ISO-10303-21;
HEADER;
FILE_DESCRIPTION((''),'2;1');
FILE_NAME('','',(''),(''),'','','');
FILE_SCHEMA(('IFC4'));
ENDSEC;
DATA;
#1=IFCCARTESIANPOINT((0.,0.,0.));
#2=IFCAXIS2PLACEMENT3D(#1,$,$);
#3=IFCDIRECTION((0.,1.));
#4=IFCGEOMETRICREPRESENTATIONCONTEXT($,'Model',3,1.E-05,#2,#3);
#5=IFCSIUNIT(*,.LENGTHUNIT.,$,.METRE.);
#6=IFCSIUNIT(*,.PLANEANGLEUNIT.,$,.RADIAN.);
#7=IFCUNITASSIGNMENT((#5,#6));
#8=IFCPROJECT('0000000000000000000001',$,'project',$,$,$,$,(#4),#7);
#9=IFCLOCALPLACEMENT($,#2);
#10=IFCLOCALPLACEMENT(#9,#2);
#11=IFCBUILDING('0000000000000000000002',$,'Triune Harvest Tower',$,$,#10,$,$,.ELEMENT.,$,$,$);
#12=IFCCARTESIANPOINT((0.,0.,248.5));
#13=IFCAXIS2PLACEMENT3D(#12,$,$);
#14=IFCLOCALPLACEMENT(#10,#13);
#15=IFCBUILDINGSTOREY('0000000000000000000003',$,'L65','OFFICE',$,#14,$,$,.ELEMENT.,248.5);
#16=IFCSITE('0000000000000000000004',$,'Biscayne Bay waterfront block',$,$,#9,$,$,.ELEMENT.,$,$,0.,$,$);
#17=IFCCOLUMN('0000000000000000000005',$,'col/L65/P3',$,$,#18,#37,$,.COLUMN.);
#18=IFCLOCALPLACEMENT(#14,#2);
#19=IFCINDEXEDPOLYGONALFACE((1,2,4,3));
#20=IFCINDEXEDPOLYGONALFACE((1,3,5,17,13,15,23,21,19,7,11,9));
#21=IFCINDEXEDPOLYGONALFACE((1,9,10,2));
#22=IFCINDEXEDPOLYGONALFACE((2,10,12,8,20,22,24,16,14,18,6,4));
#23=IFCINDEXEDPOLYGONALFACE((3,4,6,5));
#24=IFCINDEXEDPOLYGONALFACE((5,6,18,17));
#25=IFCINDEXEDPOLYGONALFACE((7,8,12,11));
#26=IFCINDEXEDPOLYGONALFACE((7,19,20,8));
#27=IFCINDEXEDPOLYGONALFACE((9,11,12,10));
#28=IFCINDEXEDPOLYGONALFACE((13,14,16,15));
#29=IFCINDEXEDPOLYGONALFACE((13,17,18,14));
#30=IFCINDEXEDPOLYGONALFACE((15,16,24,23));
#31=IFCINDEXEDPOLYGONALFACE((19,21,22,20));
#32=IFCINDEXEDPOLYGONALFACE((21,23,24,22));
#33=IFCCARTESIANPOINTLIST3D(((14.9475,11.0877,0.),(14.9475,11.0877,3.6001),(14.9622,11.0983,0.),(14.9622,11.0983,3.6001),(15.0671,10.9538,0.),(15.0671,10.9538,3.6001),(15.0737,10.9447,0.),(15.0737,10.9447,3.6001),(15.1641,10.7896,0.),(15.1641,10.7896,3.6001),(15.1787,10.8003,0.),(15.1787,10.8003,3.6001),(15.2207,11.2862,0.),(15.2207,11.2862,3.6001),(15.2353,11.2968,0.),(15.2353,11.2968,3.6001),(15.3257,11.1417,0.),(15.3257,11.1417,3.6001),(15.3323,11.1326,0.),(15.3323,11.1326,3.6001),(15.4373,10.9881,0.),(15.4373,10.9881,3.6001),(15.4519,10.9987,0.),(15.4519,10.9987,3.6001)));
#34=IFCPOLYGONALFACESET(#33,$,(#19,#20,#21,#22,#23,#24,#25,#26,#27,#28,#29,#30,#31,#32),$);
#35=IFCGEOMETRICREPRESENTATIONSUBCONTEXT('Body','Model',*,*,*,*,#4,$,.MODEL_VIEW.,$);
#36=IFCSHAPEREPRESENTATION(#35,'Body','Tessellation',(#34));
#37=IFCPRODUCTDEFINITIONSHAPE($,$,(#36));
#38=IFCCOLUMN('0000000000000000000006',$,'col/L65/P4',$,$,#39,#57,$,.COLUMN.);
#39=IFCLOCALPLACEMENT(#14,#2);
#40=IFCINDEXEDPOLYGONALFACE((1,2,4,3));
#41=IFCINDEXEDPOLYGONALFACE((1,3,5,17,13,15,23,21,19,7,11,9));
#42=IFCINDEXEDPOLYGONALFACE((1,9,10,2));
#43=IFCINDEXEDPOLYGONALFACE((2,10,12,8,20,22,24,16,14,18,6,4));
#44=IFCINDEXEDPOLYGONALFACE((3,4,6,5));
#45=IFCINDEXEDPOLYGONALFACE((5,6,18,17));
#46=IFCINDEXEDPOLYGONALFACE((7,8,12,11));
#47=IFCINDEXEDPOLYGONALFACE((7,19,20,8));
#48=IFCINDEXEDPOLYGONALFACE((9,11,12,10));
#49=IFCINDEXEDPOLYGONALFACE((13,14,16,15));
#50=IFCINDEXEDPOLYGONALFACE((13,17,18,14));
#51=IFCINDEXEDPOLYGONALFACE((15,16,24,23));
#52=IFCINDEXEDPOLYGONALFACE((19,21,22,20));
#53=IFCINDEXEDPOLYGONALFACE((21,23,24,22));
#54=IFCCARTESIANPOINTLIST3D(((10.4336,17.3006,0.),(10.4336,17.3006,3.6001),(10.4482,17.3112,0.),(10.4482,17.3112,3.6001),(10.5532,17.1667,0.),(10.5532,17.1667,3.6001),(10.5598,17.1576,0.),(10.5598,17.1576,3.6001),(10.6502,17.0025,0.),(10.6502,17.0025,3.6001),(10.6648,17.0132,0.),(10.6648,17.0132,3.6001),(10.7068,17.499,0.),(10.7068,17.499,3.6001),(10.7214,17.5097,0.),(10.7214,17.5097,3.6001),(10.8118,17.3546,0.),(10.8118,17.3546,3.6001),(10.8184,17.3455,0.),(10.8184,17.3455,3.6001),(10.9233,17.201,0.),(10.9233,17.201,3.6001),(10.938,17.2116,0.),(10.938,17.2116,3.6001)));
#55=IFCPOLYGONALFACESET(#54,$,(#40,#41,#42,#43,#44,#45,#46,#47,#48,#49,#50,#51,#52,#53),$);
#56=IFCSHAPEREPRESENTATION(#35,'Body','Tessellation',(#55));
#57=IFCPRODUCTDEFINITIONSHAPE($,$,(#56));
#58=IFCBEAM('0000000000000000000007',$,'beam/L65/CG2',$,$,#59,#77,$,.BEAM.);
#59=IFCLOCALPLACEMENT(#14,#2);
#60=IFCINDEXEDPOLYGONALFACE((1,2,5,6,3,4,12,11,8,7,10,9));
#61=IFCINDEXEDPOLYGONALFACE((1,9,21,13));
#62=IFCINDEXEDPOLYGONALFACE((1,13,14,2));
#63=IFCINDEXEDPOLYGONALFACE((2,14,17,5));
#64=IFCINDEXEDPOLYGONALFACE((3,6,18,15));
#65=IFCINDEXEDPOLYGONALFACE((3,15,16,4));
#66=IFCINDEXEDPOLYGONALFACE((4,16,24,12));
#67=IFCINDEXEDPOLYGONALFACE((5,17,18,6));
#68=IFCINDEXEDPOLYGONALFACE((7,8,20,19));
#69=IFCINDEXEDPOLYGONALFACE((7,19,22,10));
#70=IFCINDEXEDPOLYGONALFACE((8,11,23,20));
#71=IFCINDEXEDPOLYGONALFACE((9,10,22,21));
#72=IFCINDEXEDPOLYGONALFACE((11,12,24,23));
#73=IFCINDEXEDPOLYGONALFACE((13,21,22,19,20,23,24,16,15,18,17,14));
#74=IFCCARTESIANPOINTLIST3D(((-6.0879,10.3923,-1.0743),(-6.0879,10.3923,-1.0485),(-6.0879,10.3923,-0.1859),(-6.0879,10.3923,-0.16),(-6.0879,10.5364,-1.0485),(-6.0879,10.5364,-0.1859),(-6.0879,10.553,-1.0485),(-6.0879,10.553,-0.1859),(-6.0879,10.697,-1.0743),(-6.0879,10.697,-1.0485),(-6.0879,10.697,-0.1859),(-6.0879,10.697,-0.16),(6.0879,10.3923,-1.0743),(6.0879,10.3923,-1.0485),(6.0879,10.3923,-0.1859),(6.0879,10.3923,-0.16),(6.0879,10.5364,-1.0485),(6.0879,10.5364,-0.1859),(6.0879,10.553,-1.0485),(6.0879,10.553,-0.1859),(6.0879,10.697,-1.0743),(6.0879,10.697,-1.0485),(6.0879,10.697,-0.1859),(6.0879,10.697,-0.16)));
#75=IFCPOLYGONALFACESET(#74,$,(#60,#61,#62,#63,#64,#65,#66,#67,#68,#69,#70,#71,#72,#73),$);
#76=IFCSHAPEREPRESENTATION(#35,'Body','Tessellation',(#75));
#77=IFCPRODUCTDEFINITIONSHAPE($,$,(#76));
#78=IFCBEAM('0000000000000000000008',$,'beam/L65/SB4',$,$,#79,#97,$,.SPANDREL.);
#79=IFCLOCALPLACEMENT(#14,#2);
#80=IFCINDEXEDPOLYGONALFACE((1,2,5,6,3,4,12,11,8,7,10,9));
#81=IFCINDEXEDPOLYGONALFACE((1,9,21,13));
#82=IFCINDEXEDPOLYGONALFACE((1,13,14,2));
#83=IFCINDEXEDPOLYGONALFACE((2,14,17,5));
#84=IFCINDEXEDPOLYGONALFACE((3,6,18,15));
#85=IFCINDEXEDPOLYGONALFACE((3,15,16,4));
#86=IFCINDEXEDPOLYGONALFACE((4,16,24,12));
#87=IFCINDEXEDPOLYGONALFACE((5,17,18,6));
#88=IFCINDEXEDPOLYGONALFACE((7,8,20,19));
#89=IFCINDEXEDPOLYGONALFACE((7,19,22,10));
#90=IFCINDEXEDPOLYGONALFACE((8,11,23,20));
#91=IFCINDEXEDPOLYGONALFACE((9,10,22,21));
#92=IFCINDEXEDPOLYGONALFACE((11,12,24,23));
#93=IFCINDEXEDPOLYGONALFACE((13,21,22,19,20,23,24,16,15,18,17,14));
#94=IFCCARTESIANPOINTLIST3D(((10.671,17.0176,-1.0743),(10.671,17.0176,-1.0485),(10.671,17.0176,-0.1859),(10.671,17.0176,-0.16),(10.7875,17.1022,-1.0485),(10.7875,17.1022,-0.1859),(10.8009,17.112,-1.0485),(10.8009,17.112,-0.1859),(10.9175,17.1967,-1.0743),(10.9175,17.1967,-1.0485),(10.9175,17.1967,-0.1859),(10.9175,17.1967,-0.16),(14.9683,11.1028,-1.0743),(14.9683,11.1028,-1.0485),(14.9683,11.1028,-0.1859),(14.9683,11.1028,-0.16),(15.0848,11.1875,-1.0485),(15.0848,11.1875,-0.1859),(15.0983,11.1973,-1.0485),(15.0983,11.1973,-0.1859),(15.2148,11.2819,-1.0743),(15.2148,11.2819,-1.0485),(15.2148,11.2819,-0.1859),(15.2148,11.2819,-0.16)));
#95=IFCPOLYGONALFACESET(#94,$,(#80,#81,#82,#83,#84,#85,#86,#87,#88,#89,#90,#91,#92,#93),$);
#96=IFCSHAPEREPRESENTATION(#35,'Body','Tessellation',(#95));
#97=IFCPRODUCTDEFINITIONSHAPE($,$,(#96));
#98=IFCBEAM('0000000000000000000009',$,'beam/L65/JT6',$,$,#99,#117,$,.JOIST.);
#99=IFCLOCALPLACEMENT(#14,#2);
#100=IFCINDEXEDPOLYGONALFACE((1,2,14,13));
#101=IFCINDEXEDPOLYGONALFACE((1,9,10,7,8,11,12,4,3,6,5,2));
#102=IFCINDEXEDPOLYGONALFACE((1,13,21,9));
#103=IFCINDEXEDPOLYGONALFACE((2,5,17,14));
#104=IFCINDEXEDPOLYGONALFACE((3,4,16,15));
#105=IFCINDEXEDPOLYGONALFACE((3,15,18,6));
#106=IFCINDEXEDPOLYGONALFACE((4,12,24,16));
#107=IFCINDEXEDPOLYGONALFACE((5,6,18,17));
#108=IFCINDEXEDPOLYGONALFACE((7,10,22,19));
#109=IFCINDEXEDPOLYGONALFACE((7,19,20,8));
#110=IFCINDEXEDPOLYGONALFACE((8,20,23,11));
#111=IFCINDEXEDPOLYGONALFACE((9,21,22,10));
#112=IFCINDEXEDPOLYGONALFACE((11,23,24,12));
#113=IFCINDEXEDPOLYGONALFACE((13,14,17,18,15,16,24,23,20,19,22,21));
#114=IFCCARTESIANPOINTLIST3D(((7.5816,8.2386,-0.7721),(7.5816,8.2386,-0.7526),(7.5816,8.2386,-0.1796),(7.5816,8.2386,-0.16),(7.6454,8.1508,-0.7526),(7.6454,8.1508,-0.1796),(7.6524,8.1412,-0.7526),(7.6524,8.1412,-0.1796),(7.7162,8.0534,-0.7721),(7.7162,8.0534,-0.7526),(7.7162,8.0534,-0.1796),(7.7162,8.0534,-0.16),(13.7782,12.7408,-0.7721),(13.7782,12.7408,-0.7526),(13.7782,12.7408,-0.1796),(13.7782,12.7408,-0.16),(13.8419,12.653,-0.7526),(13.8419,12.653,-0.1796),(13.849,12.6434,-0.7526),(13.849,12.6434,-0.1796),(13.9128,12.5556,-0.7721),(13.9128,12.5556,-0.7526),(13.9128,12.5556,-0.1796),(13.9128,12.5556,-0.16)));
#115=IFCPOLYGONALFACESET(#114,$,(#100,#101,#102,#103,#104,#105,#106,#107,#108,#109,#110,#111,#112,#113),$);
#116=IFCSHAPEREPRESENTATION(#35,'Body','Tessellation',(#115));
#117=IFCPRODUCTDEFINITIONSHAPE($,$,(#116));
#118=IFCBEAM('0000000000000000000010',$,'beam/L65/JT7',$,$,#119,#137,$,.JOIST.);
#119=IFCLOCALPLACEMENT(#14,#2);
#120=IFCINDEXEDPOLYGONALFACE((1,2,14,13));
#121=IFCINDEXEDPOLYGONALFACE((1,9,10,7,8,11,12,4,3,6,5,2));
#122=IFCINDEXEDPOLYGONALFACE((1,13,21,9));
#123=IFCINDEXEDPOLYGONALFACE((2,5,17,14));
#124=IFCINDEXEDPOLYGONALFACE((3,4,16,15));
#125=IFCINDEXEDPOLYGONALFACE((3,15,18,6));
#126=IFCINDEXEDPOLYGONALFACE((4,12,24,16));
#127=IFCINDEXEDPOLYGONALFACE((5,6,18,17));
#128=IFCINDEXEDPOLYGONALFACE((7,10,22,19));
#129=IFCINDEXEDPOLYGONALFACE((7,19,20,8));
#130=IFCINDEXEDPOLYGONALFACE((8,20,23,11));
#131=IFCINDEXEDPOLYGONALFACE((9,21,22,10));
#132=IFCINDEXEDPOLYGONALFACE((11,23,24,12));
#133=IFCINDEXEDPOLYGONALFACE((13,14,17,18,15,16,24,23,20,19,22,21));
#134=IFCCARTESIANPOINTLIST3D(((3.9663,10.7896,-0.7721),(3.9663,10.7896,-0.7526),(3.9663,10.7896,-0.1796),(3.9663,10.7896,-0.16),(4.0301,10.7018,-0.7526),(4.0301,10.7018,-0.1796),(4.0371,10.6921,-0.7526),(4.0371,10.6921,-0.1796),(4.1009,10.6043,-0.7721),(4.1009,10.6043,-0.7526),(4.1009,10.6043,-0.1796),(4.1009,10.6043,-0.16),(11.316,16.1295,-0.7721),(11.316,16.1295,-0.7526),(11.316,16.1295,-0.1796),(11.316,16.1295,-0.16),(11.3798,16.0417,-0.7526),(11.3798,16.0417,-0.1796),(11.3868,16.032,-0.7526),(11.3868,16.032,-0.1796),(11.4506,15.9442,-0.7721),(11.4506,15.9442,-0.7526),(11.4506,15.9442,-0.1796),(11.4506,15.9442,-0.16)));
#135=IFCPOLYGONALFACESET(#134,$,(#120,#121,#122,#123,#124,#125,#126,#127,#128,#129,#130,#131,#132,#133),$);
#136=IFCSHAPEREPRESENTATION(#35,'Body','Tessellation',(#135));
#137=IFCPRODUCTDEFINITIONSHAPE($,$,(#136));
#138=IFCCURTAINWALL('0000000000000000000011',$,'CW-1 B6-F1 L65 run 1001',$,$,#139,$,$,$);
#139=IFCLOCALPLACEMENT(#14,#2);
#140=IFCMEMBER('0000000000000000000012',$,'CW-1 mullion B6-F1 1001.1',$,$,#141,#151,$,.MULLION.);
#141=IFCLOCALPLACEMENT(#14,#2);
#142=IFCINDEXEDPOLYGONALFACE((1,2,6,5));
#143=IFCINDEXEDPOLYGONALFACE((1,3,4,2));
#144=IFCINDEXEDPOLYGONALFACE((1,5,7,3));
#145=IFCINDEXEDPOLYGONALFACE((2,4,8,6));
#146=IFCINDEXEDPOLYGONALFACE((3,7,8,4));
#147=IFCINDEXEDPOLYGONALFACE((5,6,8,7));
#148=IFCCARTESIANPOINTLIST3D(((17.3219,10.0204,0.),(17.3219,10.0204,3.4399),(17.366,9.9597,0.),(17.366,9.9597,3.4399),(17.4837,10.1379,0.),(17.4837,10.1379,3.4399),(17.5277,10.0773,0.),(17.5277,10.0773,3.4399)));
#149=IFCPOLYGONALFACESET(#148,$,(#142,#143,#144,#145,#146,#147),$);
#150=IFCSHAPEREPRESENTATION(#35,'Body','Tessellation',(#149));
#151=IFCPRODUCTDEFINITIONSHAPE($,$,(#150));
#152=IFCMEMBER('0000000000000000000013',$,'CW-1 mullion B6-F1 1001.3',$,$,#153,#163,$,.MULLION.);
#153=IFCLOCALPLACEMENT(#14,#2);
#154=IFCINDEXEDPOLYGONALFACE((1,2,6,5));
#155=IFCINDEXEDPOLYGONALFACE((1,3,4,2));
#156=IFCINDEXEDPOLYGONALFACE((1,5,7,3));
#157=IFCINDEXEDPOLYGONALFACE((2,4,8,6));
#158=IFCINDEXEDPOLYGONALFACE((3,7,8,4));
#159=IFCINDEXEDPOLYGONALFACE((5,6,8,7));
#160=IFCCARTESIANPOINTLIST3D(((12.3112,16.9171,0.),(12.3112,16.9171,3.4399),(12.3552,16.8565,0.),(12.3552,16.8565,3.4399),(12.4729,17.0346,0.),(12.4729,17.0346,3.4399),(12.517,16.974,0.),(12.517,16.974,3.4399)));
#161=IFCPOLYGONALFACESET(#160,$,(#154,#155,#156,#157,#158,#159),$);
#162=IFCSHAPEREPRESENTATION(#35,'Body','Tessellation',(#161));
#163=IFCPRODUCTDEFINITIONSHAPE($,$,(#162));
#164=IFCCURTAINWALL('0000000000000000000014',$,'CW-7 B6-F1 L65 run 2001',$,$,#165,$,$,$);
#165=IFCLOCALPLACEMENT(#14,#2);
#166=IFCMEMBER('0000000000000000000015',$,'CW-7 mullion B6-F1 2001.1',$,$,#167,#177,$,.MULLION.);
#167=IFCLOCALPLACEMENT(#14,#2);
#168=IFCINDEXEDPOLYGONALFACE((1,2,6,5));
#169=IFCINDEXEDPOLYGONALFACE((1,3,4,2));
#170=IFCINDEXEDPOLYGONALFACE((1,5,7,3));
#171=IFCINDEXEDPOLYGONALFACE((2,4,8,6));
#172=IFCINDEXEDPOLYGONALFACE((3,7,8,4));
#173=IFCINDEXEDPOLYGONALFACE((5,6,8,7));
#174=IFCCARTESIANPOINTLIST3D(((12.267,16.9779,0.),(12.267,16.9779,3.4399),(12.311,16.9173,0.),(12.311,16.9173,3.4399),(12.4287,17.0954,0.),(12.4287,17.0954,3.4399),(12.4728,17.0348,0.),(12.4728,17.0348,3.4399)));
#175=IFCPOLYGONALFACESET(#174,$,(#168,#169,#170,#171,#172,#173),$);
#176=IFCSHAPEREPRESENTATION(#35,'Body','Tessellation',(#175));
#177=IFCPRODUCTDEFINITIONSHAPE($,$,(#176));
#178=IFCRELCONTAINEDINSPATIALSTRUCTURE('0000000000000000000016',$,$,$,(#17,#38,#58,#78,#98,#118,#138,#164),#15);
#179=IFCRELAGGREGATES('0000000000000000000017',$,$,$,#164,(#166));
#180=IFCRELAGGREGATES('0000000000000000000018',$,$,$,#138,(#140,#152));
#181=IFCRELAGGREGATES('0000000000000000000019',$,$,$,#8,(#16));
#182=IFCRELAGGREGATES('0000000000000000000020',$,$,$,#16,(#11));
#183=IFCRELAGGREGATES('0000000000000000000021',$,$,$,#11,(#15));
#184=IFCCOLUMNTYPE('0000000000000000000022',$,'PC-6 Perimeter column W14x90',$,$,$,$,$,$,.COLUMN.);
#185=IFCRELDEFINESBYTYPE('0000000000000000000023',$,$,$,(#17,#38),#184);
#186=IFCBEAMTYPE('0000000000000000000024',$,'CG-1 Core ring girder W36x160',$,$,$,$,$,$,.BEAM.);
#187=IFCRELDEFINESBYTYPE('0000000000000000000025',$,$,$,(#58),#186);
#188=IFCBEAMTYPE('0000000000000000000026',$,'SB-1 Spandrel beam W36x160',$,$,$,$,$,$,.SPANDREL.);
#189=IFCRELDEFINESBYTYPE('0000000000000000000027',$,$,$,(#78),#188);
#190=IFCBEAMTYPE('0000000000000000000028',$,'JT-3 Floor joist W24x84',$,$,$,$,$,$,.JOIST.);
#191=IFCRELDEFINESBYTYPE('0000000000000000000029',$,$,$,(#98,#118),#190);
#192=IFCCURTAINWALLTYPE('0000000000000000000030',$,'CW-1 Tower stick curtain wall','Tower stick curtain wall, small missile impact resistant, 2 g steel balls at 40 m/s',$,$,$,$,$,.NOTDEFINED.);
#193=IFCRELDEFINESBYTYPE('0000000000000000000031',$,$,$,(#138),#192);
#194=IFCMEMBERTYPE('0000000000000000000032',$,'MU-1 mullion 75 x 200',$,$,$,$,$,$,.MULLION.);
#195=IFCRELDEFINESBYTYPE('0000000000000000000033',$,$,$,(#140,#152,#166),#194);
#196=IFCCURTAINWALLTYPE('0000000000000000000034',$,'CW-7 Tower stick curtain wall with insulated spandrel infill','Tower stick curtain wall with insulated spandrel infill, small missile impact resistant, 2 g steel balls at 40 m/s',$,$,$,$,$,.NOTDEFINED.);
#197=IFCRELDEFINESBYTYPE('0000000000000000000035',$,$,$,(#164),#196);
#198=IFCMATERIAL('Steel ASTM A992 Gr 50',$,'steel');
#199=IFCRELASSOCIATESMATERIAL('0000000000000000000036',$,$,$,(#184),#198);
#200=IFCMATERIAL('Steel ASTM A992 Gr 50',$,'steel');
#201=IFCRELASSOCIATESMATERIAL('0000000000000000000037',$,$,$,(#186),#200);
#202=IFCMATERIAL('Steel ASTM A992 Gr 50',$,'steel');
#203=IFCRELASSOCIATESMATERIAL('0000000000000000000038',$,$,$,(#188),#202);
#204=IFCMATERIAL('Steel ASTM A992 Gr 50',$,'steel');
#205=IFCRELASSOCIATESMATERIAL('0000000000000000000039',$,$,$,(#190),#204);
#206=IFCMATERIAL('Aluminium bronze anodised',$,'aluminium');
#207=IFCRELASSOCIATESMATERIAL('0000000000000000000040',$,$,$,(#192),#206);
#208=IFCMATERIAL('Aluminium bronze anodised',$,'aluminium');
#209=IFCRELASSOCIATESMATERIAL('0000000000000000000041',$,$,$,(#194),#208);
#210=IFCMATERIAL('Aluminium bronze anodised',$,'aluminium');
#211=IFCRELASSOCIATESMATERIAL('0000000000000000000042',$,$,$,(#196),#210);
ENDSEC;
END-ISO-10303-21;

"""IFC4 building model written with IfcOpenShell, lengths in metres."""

from ifc_helpers import new_model, si_unit, direction, frame, origin, origin_2d, place, context, subcontext, project, spatial, rectangle, i_section, extrude, source, transform, mapped, material, material_profile, profile_set, type_object, element, aggregate, save


model = new_model("IFC4")

# Units and contexts
model_context = context("Model", 3, precision=1e-05, world=origin(), true_north=direction((0.0, 1.0)))
body_context = subcontext(model_context, "Body", "Model", "MODEL_VIEW")
ifc_project = project(units=[si_unit("LENGTHUNIT", "METRE"), si_unit("PLANEANGLEUNIT", "RADIAN")], contexts=[model_context])

# Site, building, storey
site_placement = place(None, origin())
site = spatial("IfcSite", under=ifc_project, at=site_placement, Name="Biscayne Bay waterfront block", CompositionType="ELEMENT", RefElevation=0.0)
building_placement = place(site_placement, origin())
building = spatial("IfcBuilding", under=site, at=building_placement, Name="Triune Harvest Tower", CompositionType="ELEMENT")
storey_placement = place(building_placement, frame((0.0, 0.0, 248.5)))
storey = spatial("IfcBuildingStorey", under=building, at=storey_placement, Name="L65", Description="OFFICE", CompositionType="ELEMENT", Elevation=248.5)

# Columns
ifc_material_1 = material(Name="Steel ASTM A992 Gr 50", Category="steel")
ifc_material_profile_1 = material_profile(ifc_material_1, i_section(OverallWidth=0.3684, OverallDepth=0.3557, WebThickness=0.0112, FlangeThickness=0.0181, at=origin_2d()), Name="W14x90")
ifc_profile_set_1 = profile_set([ifc_material_profile_1], Name="Steel ASTM A992 Gr 50")
column_type = type_object("IfcColumnType", Name="PC-6 Perimeter column W14x90", PredefinedType="COLUMN", material=ifc_profile_set_1)
shared_shape_1 = source(origin(), body_context, "Body", "SweptSolid", [
    extrude(i_section(OverallWidth=0.3684, OverallDepth=0.3557, WebThickness=0.0112, FlangeThickness=0.0181, at=origin_2d()), origin(), (0.0, 0.0, 1.0), 3.6001),
])
for number, where, z_axis, x_axis, name in (
    (1, (15.1997, 11.0432, 0.0), (0.0, 0.0, 1.0), (-0.587785, 0.809017, 0.0), "col/L65/P3"),
    (2, (10.6858, 17.2561, 0.0), (0.0, 0.0, 1.0), (-0.587785, 0.809017, 0.0), "col/L65/P4"),
):
    element("IfcColumn", number, at=place(storey_placement, frame(where, z_axis=z_axis, x_axis=x_axis)), inside=storey, type_object=column_type, Name=name, PredefinedType="COLUMN", context=body_context, shape_type="MappedRepresentation", body=[
        mapped(shared_shape_1, transform((0.0, 0.0, 0.0), scale=1.0)),
    ])

# Beams
ifc_material_2 = material(Name="Steel ASTM A992 Gr 50", Category="steel")
ifc_material_profile_2 = material_profile(ifc_material_2, i_section(OverallWidth=0.3047, OverallDepth=0.9143, WebThickness=0.0166, FlangeThickness=0.0259, at=origin_2d()), Name="W36x160")
ifc_profile_set_2 = profile_set([ifc_material_profile_2], Name="Steel ASTM A992 Gr 50")
beam_type_1 = type_object("IfcBeamType", Name="CG-1 Core ring girder W36x160", PredefinedType="BEAM", material=ifc_profile_set_2)
shared_shape_2 = source(origin(), body_context, "Body", "SweptSolid", [
    extrude(i_section(OverallWidth=0.3047, OverallDepth=0.9143, WebThickness=0.0166, FlangeThickness=0.0259, at=origin_2d()), origin(), (0.0, 0.0, 1.0), 12.1758),
])
beam_1_placement = place(storey_placement, frame((6.0879, 10.5447, -0.6172), z_axis=(-1.0, 0.0, 0.0), x_axis=(0.0, -1.0, 0.0)))
element("IfcBeam", 3, at=beam_1_placement, inside=storey, type_object=beam_type_1, Name="beam/L65/CG2", PredefinedType="BEAM", context=body_context, shape_type="MappedRepresentation", body=[
    mapped(shared_shape_2, transform((0.0, 0.0, 0.0), scale=1.0)),
])
ifc_material_3 = material(Name="Steel ASTM A992 Gr 50", Category="steel")
ifc_material_profile_3 = material_profile(ifc_material_3, i_section(OverallWidth=0.3047, OverallDepth=0.9143, WebThickness=0.0166, FlangeThickness=0.0259, at=origin_2d()), Name="W36x160")
ifc_profile_set_3 = profile_set([ifc_material_profile_3], Name="Steel ASTM A992 Gr 50")
beam_type_2 = type_object("IfcBeamType", Name="SB-1 Spandrel beam W36x160", PredefinedType="SPANDREL", material=ifc_profile_set_3)
shared_shape_3 = source(origin(), body_context, "Body", "SweptSolid", [
    extrude(i_section(OverallWidth=0.3047, OverallDepth=0.9143, WebThickness=0.0166, FlangeThickness=0.0259, at=origin_2d()), origin(), (0.0, 0.0, 1.0), 7.311),
])
beam_2_placement = place(storey_placement, frame((15.0916, 11.1924, -0.6172), z_axis=(-0.587786, 0.809016, 0.0), x_axis=(-0.809016, -0.587786, 0.0)))
element("IfcBeam", 4, at=beam_2_placement, inside=storey, type_object=beam_type_2, Name="beam/L65/SB4", PredefinedType="SPANDREL", context=body_context, shape_type="MappedRepresentation", body=[
    mapped(shared_shape_3, transform((0.0, 0.0, 0.0), scale=1.0)),
])
ifc_material_4 = material(Name="Steel ASTM A992 Gr 50", Category="steel")
ifc_material_profile_4 = material_profile(ifc_material_4, i_section(OverallWidth=0.229, OverallDepth=0.6121, WebThickness=0.012, FlangeThickness=0.0195, at=origin_2d()), Name="W24x84")
ifc_profile_set_4 = profile_set([ifc_material_profile_4], Name="Steel ASTM A992 Gr 50")
beam_type_3 = type_object("IfcBeamType", Name="JT-3 Floor joist W24x84", PredefinedType="JOIST", material=ifc_profile_set_4)
shared_shape_4 = source(origin(), body_context, "Body", "SweptSolid", [
    extrude(i_section(OverallWidth=0.229, OverallDepth=0.6121, WebThickness=0.012, FlangeThickness=0.0195, at=origin_2d()), origin(), (0.0, 0.0, 1.0), 7.6594),
])
beam_3_placement = place(storey_placement, frame((13.8455, 12.6482, -0.4661), z_axis=(-0.809008, -0.587798, 0.0), x_axis=(0.587798, -0.809008, 0.0)))
element("IfcBeam", 5, at=beam_3_placement, inside=storey, type_object=beam_type_3, Name="beam/L65/JT6", PredefinedType="JOIST", context=body_context, shape_type="MappedRepresentation", body=[
    mapped(shared_shape_4, transform((0.0, 0.0, 0.0), scale=1.0)),
])
shared_shape_5 = source(origin(), body_context, "Body", "SweptSolid", [
    extrude(i_section(OverallWidth=0.229, OverallDepth=0.6121, WebThickness=0.012, FlangeThickness=0.0195, at=origin_2d()), origin(), (0.0, 0.0, 1.0), 9.0847),
])
beam_4_placement = place(storey_placement, frame((11.3833, 16.0369, -0.4661), z_axis=(-0.809015, -0.587788, 0.0), x_axis=(0.587788, -0.809015, 0.0)))
element("IfcBeam", 6, at=beam_4_placement, inside=storey, type_object=beam_type_3, Name="beam/L65/JT7", PredefinedType="JOIST", context=body_context, shape_type="MappedRepresentation", body=[
    mapped(shared_shape_5, transform((0.0, 0.0, 0.0), scale=1.0)),
])

# Curtain walls, members
ifc_material_5 = material(Name="Aluminium bronze anodised", Category="aluminium")
curtain_wall_type_1 = type_object("IfcCurtainWallType", Name="CW-1 Tower stick curtain wall", Description="Tower stick curtain wall, small missile impact resistant, 2 g steel balls at 40 m/s", PredefinedType="NOTDEFINED", material=ifc_material_5)
curtain_wall_1_placement = place(storey_placement, origin())
curtain_wall_1 = element("IfcCurtainWall", 7, at=curtain_wall_1_placement, inside=storey, type_object=curtain_wall_type_1, Name="CW-1 B6-F1 L65 run 1001")
ifc_material_6 = material(Name="Aluminium bronze anodised", Category="aluminium")
ifc_material_profile_5 = material_profile(ifc_material_6, rectangle(XDim=0.2, YDim=0.075, at=origin_2d()), Name="MU-1 mullion 75 x 200")
ifc_profile_set_5 = profile_set([ifc_material_profile_5], Name="Aluminium bronze anodised")
member_type_1 = type_object("IfcMemberType", Name="MU-1 mullion 75 x 200", PredefinedType="MULLION", material=ifc_profile_set_5)
shared_shape_6 = source(origin(), body_context, "Body", "SweptSolid", [
    extrude(rectangle(XDim=0.2, YDim=0.075, at=origin_2d()), origin(), (0.0, 0.0, 1.0), 3.4399),
])
member_1_placement = place(storey_placement, frame((17.4248, 10.0488, 0.0), z_axis=(0.0, 0.0, 1.0), x_axis=(-0.809018, -0.587784, 0.0)))
member_1 = element("IfcMember", 8, at=member_1_placement, type_object=member_type_1, Name="CW-1 mullion B6-F1 1001.1", PredefinedType="MULLION", context=body_context, shape_type="MappedRepresentation", body=[
    mapped(shared_shape_6, transform((0.0, 0.0, 0.0), scale=1.0)),
])
member_2_placement = place(storey_placement, frame((12.4141, 16.9456, 0.0), z_axis=(0.0, 0.0, 1.0), x_axis=(-0.809018, -0.587784, 0.0)))
member_2 = element("IfcMember", 9, at=member_2_placement, type_object=member_type_1, Name="CW-1 mullion B6-F1 1001.3", PredefinedType="MULLION", context=body_context, shape_type="MappedRepresentation", body=[
    mapped(shared_shape_6, transform((0.0, 0.0, 0.0), scale=1.0)),
])
ifc_material_7 = material(Name="Aluminium bronze anodised", Category="aluminium")
curtain_wall_type_2 = type_object("IfcCurtainWallType", Name="CW-7 Tower stick curtain wall with insulated spandrel infill", Description="Tower stick curtain wall with insulated spandrel infill, small missile impact resistant, 2 g steel balls at 40 m/s", PredefinedType="NOTDEFINED", material=ifc_material_7)
curtain_wall_2_placement = place(storey_placement, origin())
curtain_wall_2 = element("IfcCurtainWall", 10, at=curtain_wall_2_placement, inside=storey, type_object=curtain_wall_type_2, Name="CW-7 B6-F1 L65 run 2001")
member_3_placement = place(storey_placement, frame((12.3699, 17.0063, 0.0), z_axis=(0.0, 0.0, 1.0), x_axis=(-0.809016, -0.587786, 0.0)))
member_3 = element("IfcMember", 11, at=member_3_placement, type_object=member_type_1, Name="CW-7 mullion B6-F1 2001.1", PredefinedType="MULLION", context=body_context, shape_type="MappedRepresentation", body=[
    mapped(shared_shape_6, transform((0.0, 0.0, 0.0), scale=1.0)),
])
aggregate(curtain_wall_2, [member_3])

aggregate(curtain_wall_1, [member_1, member_2])

save(model, "model.ifc")
